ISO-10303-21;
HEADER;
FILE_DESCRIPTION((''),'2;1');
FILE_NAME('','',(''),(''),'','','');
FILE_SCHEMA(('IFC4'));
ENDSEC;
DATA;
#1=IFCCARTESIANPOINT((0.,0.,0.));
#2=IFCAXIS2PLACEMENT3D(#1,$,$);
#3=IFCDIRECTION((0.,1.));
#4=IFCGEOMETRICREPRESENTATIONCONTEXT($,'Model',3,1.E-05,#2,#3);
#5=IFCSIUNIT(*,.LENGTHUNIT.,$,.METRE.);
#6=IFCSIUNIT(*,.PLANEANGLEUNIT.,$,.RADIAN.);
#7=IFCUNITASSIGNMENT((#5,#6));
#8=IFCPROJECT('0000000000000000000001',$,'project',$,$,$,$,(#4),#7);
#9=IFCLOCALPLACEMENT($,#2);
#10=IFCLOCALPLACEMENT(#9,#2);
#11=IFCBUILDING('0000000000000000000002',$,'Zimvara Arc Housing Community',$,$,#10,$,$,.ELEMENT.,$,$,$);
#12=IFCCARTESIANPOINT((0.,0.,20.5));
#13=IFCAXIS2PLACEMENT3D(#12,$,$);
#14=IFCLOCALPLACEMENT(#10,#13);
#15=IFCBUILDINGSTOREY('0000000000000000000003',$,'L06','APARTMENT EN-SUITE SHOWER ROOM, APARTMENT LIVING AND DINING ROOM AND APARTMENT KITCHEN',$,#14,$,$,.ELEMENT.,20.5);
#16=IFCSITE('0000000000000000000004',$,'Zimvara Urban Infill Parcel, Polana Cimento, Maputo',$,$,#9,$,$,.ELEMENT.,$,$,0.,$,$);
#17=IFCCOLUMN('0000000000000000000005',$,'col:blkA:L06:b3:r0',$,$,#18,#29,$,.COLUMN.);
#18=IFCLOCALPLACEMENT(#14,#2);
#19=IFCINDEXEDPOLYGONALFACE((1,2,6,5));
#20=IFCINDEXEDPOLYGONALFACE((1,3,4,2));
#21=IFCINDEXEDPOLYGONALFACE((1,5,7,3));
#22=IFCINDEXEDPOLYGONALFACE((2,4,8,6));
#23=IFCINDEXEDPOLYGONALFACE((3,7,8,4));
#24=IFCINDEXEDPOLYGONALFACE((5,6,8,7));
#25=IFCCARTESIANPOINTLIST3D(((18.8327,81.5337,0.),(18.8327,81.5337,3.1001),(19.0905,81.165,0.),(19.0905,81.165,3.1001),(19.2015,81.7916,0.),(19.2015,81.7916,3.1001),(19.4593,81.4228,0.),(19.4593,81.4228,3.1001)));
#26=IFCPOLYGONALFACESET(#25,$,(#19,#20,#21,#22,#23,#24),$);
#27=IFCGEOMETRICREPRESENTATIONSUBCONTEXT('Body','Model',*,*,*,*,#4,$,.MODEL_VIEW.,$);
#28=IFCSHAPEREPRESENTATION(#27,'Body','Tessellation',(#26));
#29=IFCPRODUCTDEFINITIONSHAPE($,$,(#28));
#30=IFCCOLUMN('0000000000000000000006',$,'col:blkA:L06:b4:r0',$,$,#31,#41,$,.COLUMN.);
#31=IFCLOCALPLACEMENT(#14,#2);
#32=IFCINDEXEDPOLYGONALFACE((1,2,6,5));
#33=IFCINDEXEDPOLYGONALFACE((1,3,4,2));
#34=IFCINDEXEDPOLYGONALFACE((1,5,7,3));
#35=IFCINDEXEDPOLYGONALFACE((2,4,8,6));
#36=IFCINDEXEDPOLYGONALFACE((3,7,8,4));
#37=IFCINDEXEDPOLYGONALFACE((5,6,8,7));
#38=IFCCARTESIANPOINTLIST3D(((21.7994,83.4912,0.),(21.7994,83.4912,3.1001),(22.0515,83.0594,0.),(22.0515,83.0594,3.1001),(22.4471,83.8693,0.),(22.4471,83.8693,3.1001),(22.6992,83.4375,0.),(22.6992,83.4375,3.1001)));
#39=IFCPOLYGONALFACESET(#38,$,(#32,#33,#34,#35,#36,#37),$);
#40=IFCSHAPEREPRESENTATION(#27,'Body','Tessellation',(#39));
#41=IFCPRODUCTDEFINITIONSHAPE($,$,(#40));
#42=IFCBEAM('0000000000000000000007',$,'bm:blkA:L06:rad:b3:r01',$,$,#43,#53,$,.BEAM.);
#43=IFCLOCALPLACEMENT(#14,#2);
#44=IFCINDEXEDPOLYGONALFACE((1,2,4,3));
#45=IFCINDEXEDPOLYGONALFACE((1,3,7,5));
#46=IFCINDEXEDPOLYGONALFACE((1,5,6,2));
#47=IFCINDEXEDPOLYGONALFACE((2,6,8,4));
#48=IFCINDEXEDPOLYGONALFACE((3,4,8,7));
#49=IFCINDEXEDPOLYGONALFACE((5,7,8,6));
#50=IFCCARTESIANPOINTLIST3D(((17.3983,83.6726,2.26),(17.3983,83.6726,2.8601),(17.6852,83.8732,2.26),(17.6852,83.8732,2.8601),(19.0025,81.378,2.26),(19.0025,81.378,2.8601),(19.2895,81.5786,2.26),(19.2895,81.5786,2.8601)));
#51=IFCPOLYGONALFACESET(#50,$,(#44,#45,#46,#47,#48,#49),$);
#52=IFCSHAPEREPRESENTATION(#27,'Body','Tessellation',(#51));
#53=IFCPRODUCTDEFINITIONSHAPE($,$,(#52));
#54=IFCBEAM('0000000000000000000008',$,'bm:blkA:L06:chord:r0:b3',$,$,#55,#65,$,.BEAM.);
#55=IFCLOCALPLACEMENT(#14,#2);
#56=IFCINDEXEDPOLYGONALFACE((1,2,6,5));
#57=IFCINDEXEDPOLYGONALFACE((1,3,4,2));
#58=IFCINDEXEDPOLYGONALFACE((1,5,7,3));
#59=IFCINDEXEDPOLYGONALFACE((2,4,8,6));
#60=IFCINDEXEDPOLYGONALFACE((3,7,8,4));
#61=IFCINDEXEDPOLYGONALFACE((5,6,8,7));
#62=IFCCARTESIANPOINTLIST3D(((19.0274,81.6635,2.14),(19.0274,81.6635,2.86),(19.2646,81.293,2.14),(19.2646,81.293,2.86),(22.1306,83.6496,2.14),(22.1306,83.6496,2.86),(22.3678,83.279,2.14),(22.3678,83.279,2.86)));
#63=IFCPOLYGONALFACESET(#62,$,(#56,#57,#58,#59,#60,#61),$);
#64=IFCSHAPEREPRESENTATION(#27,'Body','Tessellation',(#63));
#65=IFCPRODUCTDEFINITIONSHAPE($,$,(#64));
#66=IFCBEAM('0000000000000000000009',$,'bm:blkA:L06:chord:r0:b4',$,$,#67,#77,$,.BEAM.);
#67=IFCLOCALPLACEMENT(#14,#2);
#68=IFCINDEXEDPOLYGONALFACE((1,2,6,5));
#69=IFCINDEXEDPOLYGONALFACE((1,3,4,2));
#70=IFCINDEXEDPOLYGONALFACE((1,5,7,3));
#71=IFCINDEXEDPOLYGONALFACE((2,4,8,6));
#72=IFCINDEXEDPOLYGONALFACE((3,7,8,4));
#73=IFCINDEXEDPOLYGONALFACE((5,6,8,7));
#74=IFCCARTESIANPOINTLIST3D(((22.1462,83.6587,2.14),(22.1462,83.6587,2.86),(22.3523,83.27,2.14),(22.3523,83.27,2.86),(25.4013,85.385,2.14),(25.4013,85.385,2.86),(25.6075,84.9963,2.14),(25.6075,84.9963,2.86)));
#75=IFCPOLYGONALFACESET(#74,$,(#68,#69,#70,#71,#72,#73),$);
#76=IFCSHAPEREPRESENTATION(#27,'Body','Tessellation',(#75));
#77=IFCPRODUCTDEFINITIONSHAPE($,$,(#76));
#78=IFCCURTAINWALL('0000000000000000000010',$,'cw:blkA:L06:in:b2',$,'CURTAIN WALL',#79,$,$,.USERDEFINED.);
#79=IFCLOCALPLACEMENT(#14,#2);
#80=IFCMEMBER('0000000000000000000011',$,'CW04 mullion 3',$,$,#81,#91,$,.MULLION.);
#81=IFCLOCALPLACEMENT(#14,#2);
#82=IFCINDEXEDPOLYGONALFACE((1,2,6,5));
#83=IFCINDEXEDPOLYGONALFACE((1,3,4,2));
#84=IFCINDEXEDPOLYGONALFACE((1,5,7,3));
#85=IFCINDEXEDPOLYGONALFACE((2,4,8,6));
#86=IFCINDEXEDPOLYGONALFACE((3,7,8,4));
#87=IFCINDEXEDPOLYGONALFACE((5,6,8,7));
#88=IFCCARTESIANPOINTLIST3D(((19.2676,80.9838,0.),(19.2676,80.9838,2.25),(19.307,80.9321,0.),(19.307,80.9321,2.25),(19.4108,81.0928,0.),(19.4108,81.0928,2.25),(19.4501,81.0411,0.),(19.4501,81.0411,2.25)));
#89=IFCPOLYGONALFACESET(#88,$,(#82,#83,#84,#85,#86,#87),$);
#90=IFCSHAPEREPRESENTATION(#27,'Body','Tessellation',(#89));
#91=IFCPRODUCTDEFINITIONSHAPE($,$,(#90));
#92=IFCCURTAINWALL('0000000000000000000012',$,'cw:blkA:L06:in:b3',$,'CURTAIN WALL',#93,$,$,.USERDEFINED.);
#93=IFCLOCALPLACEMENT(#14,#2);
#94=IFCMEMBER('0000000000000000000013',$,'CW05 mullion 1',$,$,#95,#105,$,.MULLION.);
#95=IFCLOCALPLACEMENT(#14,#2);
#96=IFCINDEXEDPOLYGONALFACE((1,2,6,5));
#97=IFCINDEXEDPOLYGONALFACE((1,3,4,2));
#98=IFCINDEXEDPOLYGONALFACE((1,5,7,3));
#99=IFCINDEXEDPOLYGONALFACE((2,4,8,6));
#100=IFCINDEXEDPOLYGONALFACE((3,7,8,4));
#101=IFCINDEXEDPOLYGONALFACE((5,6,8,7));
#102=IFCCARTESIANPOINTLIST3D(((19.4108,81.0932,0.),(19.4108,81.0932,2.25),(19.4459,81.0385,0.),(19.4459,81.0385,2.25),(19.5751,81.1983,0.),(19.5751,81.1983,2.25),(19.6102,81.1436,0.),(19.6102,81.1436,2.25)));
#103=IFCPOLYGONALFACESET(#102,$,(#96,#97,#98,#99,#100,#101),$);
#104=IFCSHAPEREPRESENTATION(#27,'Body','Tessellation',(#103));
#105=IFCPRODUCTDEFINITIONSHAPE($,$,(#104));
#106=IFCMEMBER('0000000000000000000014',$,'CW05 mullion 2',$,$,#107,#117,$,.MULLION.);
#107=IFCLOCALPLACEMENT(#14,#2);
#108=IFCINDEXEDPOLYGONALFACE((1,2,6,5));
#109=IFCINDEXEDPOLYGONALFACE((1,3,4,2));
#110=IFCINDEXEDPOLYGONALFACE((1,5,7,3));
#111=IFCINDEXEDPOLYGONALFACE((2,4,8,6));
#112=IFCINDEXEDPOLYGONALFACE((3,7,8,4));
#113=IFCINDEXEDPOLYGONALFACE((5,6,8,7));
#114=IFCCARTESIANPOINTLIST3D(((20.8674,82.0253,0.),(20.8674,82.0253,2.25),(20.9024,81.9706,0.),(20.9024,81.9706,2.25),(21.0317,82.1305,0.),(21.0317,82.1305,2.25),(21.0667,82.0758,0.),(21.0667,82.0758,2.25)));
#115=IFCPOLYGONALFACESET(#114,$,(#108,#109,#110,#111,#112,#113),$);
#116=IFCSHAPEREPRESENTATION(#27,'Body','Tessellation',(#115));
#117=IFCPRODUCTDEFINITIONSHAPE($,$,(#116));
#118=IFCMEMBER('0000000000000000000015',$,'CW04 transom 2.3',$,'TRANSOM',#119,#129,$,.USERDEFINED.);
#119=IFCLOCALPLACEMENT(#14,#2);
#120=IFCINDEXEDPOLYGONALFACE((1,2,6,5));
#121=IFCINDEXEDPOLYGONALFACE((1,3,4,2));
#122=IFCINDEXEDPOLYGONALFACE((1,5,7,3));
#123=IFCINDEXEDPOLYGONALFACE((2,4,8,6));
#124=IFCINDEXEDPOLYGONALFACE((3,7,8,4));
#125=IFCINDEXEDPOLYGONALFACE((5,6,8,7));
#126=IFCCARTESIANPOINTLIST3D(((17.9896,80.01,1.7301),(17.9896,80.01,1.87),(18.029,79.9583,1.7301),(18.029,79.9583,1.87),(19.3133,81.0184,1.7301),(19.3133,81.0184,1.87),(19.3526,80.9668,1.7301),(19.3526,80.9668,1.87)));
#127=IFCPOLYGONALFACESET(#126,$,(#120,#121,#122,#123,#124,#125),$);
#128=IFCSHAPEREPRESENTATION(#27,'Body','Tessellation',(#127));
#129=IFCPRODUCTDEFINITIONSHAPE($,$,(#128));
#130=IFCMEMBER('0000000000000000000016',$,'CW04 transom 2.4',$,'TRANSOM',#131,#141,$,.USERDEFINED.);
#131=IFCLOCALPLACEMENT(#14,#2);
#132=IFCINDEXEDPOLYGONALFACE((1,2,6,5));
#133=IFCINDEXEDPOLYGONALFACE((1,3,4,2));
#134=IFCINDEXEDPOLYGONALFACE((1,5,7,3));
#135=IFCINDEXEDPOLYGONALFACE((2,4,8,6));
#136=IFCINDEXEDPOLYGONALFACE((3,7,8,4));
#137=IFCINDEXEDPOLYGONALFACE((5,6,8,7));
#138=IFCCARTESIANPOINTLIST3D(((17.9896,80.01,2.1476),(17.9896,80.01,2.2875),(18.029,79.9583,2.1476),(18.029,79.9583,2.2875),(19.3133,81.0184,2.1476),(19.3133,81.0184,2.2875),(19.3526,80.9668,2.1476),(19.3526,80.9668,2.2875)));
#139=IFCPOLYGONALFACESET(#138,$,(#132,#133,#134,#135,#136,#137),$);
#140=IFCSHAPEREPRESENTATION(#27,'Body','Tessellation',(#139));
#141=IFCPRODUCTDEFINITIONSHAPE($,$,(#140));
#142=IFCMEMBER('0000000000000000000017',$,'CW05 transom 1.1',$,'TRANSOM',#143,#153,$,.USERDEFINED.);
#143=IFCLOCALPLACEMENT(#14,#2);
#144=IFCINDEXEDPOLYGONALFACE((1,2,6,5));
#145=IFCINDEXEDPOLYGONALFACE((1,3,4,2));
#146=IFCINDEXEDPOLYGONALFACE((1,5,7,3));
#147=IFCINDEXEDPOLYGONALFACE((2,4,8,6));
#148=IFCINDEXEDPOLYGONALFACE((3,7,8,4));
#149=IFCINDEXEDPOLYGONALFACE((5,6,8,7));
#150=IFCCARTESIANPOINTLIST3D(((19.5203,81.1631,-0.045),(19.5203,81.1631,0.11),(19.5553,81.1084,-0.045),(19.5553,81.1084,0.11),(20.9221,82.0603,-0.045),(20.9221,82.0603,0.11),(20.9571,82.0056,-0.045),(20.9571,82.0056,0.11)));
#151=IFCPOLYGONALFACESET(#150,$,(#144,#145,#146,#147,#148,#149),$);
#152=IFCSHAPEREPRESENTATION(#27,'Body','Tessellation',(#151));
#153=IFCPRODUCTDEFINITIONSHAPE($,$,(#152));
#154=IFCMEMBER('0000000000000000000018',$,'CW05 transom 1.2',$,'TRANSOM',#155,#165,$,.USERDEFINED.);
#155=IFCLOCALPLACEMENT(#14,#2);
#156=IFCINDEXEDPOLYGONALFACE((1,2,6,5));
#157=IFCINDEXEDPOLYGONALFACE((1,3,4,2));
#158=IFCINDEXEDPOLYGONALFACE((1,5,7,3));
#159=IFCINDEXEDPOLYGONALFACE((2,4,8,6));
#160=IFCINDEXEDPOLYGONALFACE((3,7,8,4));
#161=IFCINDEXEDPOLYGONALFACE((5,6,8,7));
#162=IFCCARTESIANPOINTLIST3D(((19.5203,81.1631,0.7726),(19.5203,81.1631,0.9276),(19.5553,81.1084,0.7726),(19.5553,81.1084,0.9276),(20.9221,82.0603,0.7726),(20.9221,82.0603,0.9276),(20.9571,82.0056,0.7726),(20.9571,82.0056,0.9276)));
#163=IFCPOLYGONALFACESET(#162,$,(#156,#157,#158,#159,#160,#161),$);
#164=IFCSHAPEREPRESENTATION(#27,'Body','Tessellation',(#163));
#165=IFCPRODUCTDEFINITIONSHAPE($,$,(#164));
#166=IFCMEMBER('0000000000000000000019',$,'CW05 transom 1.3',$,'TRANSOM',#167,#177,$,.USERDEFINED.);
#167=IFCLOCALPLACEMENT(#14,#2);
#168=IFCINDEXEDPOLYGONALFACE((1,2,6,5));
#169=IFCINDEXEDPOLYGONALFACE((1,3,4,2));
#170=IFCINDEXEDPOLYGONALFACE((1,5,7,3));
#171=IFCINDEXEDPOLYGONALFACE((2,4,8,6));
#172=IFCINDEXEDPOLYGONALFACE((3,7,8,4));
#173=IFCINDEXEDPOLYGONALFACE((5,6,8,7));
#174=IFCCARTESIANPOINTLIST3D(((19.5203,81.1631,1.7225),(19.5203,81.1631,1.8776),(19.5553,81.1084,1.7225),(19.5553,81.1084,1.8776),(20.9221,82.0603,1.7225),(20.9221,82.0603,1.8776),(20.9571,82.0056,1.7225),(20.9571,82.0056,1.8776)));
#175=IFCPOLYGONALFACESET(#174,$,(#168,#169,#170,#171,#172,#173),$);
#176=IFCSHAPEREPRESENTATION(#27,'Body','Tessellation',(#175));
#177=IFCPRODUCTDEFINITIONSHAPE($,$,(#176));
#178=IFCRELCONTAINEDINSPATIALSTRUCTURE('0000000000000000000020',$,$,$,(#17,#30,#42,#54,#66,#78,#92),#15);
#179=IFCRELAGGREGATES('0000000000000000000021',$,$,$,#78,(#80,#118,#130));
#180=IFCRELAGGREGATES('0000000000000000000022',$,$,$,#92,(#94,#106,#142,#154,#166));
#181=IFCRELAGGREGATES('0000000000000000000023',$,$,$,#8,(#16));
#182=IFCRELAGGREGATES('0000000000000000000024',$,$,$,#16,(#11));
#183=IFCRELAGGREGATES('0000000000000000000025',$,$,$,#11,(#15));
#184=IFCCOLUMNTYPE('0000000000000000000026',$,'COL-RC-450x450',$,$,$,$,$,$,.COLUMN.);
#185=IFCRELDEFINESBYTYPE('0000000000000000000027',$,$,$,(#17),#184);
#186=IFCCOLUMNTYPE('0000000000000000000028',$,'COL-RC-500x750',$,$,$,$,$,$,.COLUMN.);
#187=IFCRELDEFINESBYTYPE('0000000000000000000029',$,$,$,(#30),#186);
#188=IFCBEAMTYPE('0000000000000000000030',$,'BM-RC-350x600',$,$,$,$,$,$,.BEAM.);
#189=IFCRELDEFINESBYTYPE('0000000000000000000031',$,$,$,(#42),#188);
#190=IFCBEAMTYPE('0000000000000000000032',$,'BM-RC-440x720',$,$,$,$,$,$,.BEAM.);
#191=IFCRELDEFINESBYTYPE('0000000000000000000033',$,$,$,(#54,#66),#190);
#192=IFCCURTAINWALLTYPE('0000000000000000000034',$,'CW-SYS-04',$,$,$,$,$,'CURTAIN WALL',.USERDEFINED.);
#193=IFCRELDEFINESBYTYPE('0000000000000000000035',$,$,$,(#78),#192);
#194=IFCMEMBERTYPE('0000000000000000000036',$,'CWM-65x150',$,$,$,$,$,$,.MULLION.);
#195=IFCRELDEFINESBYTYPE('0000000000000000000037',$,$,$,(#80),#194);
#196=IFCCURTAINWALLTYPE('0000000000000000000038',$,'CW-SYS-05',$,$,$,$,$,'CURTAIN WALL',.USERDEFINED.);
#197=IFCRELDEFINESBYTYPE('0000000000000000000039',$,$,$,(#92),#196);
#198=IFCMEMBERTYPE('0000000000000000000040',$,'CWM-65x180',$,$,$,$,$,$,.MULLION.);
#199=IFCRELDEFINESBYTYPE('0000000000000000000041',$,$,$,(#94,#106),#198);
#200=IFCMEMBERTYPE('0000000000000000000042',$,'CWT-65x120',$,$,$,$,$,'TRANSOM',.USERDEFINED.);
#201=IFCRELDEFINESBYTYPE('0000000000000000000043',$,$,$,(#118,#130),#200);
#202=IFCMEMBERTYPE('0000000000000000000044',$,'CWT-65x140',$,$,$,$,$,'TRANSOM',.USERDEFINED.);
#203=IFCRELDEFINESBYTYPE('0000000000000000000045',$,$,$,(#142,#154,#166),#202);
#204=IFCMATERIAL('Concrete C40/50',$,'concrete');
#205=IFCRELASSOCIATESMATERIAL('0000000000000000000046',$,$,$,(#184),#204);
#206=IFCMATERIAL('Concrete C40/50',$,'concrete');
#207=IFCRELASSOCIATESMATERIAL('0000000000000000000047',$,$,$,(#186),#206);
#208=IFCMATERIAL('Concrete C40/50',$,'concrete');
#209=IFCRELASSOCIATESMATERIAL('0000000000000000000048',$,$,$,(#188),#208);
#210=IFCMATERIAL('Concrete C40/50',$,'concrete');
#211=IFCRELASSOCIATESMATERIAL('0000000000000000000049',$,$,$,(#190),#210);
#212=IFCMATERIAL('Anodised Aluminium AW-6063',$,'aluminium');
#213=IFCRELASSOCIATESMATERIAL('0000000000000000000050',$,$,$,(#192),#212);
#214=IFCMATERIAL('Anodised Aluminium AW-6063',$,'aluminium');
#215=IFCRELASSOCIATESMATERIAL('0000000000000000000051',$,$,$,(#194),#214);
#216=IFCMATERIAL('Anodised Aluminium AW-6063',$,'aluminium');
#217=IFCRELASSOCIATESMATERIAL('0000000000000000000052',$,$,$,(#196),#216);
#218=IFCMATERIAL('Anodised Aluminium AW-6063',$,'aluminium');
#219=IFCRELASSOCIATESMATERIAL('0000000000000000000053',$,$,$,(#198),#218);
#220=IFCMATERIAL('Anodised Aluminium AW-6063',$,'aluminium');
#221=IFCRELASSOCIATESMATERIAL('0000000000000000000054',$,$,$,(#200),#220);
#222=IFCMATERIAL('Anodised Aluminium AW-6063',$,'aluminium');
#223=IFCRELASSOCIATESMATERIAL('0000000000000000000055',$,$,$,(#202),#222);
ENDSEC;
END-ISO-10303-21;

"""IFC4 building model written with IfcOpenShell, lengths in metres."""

from ifc_helpers import new_model, si_unit, direction, frame, origin, origin_2d, place, context, subcontext, project, spatial, rectangle, extrude, material, material_profile, profile_set, type_object, element, aggregate, save


model = new_model("IFC4")

# Units and contexts
model_context = context("Model", 3, precision=1e-05, world=origin(), true_north=direction((0.0, 1.0)))
body_context = subcontext(model_context, "Body", "Model", "MODEL_VIEW")
ifc_project = project(units=[si_unit("LENGTHUNIT", "METRE"), si_unit("PLANEANGLEUNIT", "RADIAN")], contexts=[model_context])

# Site, building, storey
site_placement = place(None, origin())
site = spatial("IfcSite", under=ifc_project, at=site_placement, Name="Zimvara Urban Infill Parcel, Polana Cimento, Maputo", CompositionType="ELEMENT", RefElevation=0.0)
building_placement = place(site_placement, origin())
building = spatial("IfcBuilding", under=site, at=building_placement, Name="Zimvara Arc Housing Community", CompositionType="ELEMENT")
storey_placement = place(building_placement, frame((0.0, 0.0, 20.5)))
storey = spatial("IfcBuildingStorey", under=building, at=storey_placement, Name="L06", Description="APARTMENT EN-SUITE SHOWER ROOM, APARTMENT LIVING AND DINING ROOM AND APARTMENT KITCHEN", CompositionType="ELEMENT", Elevation=20.5)

# Columns
ifc_material_1 = material(Name="Concrete C40/50", Category="concrete")
ifc_material_profile_1 = material_profile(ifc_material_1, rectangle(XDim=0.45, YDim=0.45, at=origin_2d()), Name="RC 450x450")
ifc_profile_set_1 = profile_set([ifc_material_profile_1], Name="Concrete C40/50")
column_type_1 = type_object("IfcColumnType", Name="COL-RC-450x450", PredefinedType="COLUMN", material=ifc_profile_set_1)
column_1_placement = place(storey_placement, frame((19.146, 81.4783, 0.0), z_axis=(0.0, 0.0, 1.0), x_axis=(-0.573004, 0.819552, 0.0)))
element("IfcColumn", 1, at=column_1_placement, inside=storey, type_object=column_type_1, Name="col:blkA:L06:b3:r0", PredefinedType="COLUMN", context=body_context, shape_type="SweptSolid", body=[
    extrude(rectangle(XDim=0.45, YDim=0.45, at=origin_2d()), origin(), (0.0, 0.0, 1.0), 3.1001),
])
ifc_material_2 = material(Name="Concrete C40/50", Category="concrete")
ifc_material_profile_2 = material_profile(ifc_material_2, rectangle(XDim=0.5, YDim=0.75, at=origin_2d()), Name="RC 500x750")
ifc_profile_set_2 = profile_set([ifc_material_profile_2], Name="Concrete C40/50")
column_type_2 = type_object("IfcColumnType", Name="COL-RC-500x750", PredefinedType="COLUMN", material=ifc_profile_set_2)
column_2_placement = place(storey_placement, frame((22.2493, 83.4644, 0.0), z_axis=(0.0, 0.0, 1.0), x_axis=(-0.504226, 0.863572, 0.0)))
element("IfcColumn", 2, at=column_2_placement, inside=storey, type_object=column_type_2, Name="col:blkA:L06:b4:r0", PredefinedType="COLUMN", context=body_context, shape_type="SweptSolid", body=[
    extrude(rectangle(XDim=0.5, YDim=0.75, at=origin_2d()), origin(), (0.0, 0.0, 1.0), 3.1001),
])

# Beams
ifc_material_3 = material(Name="Concrete C40/50", Category="concrete")
ifc_material_profile_3 = material_profile(ifc_material_3, rectangle(XDim=0.3501, YDim=0.6001, at=origin_2d()), Name="RC 350x600")
ifc_profile_set_3 = profile_set([ifc_material_profile_3], Name="Concrete C40/50")
beam_type_1 = type_object("IfcBeamType", Name="BM-RC-350x600", PredefinedType="BEAM", material=ifc_profile_set_3)
beam_1_placement = place(storey_placement, frame((19.146, 81.4783, 2.5601), z_axis=(-0.572977, 0.819572, 0.0), x_axis=(-0.819572, -0.572977, 0.0)))
element("IfcBeam", 3, at=beam_1_placement, inside=storey, type_object=beam_type_1, Name="bm:blkA:L06:rad:b3:r01", PredefinedType="BEAM", context=body_context, shape_type="SweptSolid", body=[
    extrude(rectangle(XDim=0.3501, YDim=0.6001, at=origin_2d()), origin(), (0.0, 0.0, 1.0), 2.7998),
])
ifc_material_4 = material(Name="Concrete C40/50", Category="concrete")
ifc_material_profile_4 = material_profile(ifc_material_4, rectangle(XDim=0.4399, YDim=0.72, at=origin_2d()), Name="RC 440x720")
ifc_profile_set_4 = profile_set([ifc_material_profile_4], Name="Concrete C40/50")
beam_type_2 = type_object("IfcBeamType", Name="BM-RC-440x720", PredefinedType="BEAM", material=ifc_profile_set_4)
beam_2_placement = place(storey_placement, frame((19.146, 81.4783, 2.5), z_axis=(0.842273, 0.539052, 0.0), x_axis=(-0.539052, 0.842273, 0.0)))
element("IfcBeam", 4, at=beam_2_placement, inside=storey, type_object=beam_type_2, Name="bm:blkA:L06:chord:r0:b3", PredefinedType="BEAM", context=body_context, shape_type="SweptSolid", body=[
    extrude(rectangle(XDim=0.4399, YDim=0.72, at=origin_2d()), origin(), (0.0, 0.0, 1.0), 3.6843),
])
beam_3_placement = place(storey_placement, frame((22.2493, 83.4644, 2.5), z_axis=(0.883449, 0.468527, 0.0), x_axis=(-0.468527, 0.883449, 0.0)))
element("IfcBeam", 5, at=beam_3_placement, inside=storey, type_object=beam_type_2, Name="bm:blkA:L06:chord:r0:b4", PredefinedType="BEAM", context=body_context, shape_type="SweptSolid", body=[
    extrude(rectangle(XDim=0.4399, YDim=0.72, at=origin_2d()), origin(), (0.0, 0.0, 1.0), 3.6846),
])

# Curtain wall, member
ifc_material_5 = material(Name="Anodised Aluminium AW-6063", Category="aluminium")
curtain_wall_type_1 = type_object("IfcCurtainWallType", Name="CW-SYS-04", ElementType="CURTAIN WALL", PredefinedType="USERDEFINED", material=ifc_material_5)
curtain_wall_1_placement = place(storey_placement, origin())
curtain_wall_1 = element("IfcCurtainWall", 6, at=curtain_wall_1_placement, inside=storey, type_object=curtain_wall_type_1, Name="cw:blkA:L06:in:b2", ObjectType="CURTAIN WALL", PredefinedType="USERDEFINED")
ifc_material_6 = material(Name="Anodised Aluminium AW-6063", Category="aluminium")
ifc_material_profile_5 = material_profile(ifc_material_6, rectangle(XDim=0.0649, YDim=0.1799, at=origin_2d()), Name="ALU 65x180")
ifc_profile_set_5 = profile_set([ifc_material_profile_5], Name="Anodised Aluminium AW-6063")
member_type_1 = type_object("IfcMemberType", Name="CWM-65x150", PredefinedType="MULLION", material=ifc_profile_set_5)
member_1_placement = place(storey_placement, frame((19.3589, 81.0125, 0.0), z_axis=(0.0, 0.0, 1.0), x_axis=(-0.605988, 0.795474, 0.0)))
member_1 = element("IfcMember", 7, at=member_1_placement, type_object=member_type_1, Name="CW04 mullion 3", PredefinedType="MULLION", context=body_context, shape_type="SweptSolid", body=[
    extrude(rectangle(XDim=0.0649, YDim=0.1799, at=origin_2d()), origin(), (0.0, 0.0, 1.0), 2.25),
])

# Curtain wall, members
ifc_material_7 = material(Name="Anodised Aluminium AW-6063", Category="aluminium")
curtain_wall_type_2 = type_object("IfcCurtainWallType", Name="CW-SYS-05", ElementType="CURTAIN WALL", PredefinedType="USERDEFINED", material=ifc_material_7)
curtain_wall_2_placement = place(storey_placement, origin())
curtain_wall_2 = element("IfcCurtainWall", 8, at=curtain_wall_2_placement, inside=storey, type_object=curtain_wall_type_2, Name="cw:blkA:L06:in:b3", ObjectType="CURTAIN WALL", PredefinedType="USERDEFINED")
ifc_material_8 = material(Name="Anodised Aluminium AW-6063", Category="aluminium")
ifc_material_profile_6 = material_profile(ifc_material_8, rectangle(XDim=0.0649, YDim=0.1951, at=origin_2d()), Name="ALU 65x195")
ifc_profile_set_6 = profile_set([ifc_material_profile_6], Name="Anodised Aluminium AW-6063")
member_type_2 = type_object("IfcMemberType", Name="CWM-65x180", PredefinedType="MULLION", material=ifc_profile_set_6)
member_2_placement = place(storey_placement, frame((19.5105, 81.1184, 0.0), z_axis=(0.0, 0.0, 1.0), x_axis=(-0.539064, 0.842265, 0.0)))
member_2 = element("IfcMember", 9, at=member_2_placement, type_object=member_type_2, Name="CW05 mullion 1", PredefinedType="MULLION", context=body_context, shape_type="SweptSolid", body=[
    extrude(rectangle(XDim=0.0649, YDim=0.1951, at=origin_2d()), origin(), (0.0, 0.0, 1.0), 2.25),
])
member_3_placement = place(storey_placement, frame((20.967, 82.0505, 0.0), z_axis=(0.0, 0.0, 1.0), x_axis=(-0.539064, 0.842265, 0.0)))
member_3 = element("IfcMember", 10, at=member_3_placement, type_object=member_type_2, Name="CW05 mullion 2", PredefinedType="MULLION", context=body_context, shape_type="SweptSolid", body=[
    extrude(rectangle(XDim=0.0649, YDim=0.1951, at=origin_2d()), origin(), (0.0, 0.0, 1.0), 2.25),
])

# Members
ifc_material_9 = material(Name="Anodised Aluminium AW-6063", Category="aluminium")
ifc_material_profile_7 = material_profile(ifc_material_9, rectangle(XDim=0.0649, YDim=0.1399, at=origin_2d()), Name="ALU 65x140")
ifc_profile_set_7 = profile_set([ifc_material_profile_7], Name="Anodised Aluminium AW-6063")
member_type_3 = type_object("IfcMemberType", Name="CWT-65x120", ElementType="TRANSOM", PredefinedType="USERDEFINED", material=ifc_profile_set_7)
member_4_placement = place(storey_placement, frame((18.0093, 79.9841, 1.8), z_axis=(0.795435, 0.606039, 0.0), x_axis=(-0.606039, 0.795435, 0.0)))
member_4 = element("IfcMember", 11, at=member_4_placement, type_object=member_type_3, Name="CW04 transom 2.3", ObjectType="TRANSOM", PredefinedType="USERDEFINED", context=body_context, shape_type="SweptSolid", body=[
    extrude(rectangle(XDim=0.0649, YDim=0.1399, at=origin_2d()), origin(), (0.0, 0.0, 1.0), 1.6641),
])
member_5_placement = place(storey_placement, frame((18.0093, 79.9841, 2.2175), z_axis=(0.795435, 0.606039, 0.0), x_axis=(-0.606039, 0.795435, 0.0)))
member_5 = element("IfcMember", 12, at=member_5_placement, type_object=member_type_3, Name="CW04 transom 2.4", ObjectType="TRANSOM", PredefinedType="USERDEFINED", context=body_context, shape_type="SweptSolid", body=[
    extrude(rectangle(XDim=0.0649, YDim=0.1399, at=origin_2d()), origin(), (0.0, 0.0, 1.0), 1.6641),
])
ifc_material_10 = material(Name="Anodised Aluminium AW-6063", Category="aluminium")
ifc_material_profile_8 = material_profile(ifc_material_10, rectangle(XDim=0.0649, YDim=0.155, at=origin_2d()), Name="ALU 65x155")
ifc_profile_set_8 = profile_set([ifc_material_profile_8], Name="Anodised Aluminium AW-6063")
member_type_4 = type_object("IfcMemberType", Name="CWT-65x140", ElementType="TRANSOM", PredefinedType="USERDEFINED", material=ifc_profile_set_8)
member_6_placement = place(storey_placement, frame((19.5378, 81.1357, 0.0325), z_axis=(0.842263, 0.539066, 0.0), x_axis=(-0.539066, 0.842263, 0.0)))
member_6 = element("IfcMember", 13, at=member_6_placement, type_object=member_type_4, Name="CW05 transom 1.1", ObjectType="TRANSOM", PredefinedType="USERDEFINED", context=body_context, shape_type="SweptSolid", body=[
    extrude(rectangle(XDim=0.0649, YDim=0.155, at=origin_2d()), origin(), (0.0, 0.0, 1.0), 1.6643),
])
member_7_placement = place(storey_placement, frame((19.5378, 81.1357, 0.8501), z_axis=(0.842263, 0.539066, 0.0), x_axis=(-0.539066, 0.842263, 0.0)))
member_7 = element("IfcMember", 14, at=member_7_placement, type_object=member_type_4, Name="CW05 transom 1.2", ObjectType="TRANSOM", PredefinedType="USERDEFINED", context=body_context, shape_type="SweptSolid", body=[
    extrude(rectangle(XDim=0.0649, YDim=0.155, at=origin_2d()), origin(), (0.0, 0.0, 1.0), 1.6643),
])
member_8_placement = place(storey_placement, frame((19.5378, 81.1357, 1.8), z_axis=(0.842263, 0.539066, 0.0), x_axis=(-0.539066, 0.842263, 0.0)))
member_8 = element("IfcMember", 15, at=member_8_placement, type_object=member_type_4, Name="CW05 transom 1.3", ObjectType="TRANSOM", PredefinedType="USERDEFINED", context=body_context, shape_type="SweptSolid", body=[
    extrude(rectangle(XDim=0.0649, YDim=0.155, at=origin_2d()), origin(), (0.0, 0.0, 1.0), 1.6643),
])

aggregate(curtain_wall_1, [member_1, member_4, member_5])
aggregate(curtain_wall_2, [member_2, member_3, member_6, member_7, member_8])

save(model, "model.ifc")
